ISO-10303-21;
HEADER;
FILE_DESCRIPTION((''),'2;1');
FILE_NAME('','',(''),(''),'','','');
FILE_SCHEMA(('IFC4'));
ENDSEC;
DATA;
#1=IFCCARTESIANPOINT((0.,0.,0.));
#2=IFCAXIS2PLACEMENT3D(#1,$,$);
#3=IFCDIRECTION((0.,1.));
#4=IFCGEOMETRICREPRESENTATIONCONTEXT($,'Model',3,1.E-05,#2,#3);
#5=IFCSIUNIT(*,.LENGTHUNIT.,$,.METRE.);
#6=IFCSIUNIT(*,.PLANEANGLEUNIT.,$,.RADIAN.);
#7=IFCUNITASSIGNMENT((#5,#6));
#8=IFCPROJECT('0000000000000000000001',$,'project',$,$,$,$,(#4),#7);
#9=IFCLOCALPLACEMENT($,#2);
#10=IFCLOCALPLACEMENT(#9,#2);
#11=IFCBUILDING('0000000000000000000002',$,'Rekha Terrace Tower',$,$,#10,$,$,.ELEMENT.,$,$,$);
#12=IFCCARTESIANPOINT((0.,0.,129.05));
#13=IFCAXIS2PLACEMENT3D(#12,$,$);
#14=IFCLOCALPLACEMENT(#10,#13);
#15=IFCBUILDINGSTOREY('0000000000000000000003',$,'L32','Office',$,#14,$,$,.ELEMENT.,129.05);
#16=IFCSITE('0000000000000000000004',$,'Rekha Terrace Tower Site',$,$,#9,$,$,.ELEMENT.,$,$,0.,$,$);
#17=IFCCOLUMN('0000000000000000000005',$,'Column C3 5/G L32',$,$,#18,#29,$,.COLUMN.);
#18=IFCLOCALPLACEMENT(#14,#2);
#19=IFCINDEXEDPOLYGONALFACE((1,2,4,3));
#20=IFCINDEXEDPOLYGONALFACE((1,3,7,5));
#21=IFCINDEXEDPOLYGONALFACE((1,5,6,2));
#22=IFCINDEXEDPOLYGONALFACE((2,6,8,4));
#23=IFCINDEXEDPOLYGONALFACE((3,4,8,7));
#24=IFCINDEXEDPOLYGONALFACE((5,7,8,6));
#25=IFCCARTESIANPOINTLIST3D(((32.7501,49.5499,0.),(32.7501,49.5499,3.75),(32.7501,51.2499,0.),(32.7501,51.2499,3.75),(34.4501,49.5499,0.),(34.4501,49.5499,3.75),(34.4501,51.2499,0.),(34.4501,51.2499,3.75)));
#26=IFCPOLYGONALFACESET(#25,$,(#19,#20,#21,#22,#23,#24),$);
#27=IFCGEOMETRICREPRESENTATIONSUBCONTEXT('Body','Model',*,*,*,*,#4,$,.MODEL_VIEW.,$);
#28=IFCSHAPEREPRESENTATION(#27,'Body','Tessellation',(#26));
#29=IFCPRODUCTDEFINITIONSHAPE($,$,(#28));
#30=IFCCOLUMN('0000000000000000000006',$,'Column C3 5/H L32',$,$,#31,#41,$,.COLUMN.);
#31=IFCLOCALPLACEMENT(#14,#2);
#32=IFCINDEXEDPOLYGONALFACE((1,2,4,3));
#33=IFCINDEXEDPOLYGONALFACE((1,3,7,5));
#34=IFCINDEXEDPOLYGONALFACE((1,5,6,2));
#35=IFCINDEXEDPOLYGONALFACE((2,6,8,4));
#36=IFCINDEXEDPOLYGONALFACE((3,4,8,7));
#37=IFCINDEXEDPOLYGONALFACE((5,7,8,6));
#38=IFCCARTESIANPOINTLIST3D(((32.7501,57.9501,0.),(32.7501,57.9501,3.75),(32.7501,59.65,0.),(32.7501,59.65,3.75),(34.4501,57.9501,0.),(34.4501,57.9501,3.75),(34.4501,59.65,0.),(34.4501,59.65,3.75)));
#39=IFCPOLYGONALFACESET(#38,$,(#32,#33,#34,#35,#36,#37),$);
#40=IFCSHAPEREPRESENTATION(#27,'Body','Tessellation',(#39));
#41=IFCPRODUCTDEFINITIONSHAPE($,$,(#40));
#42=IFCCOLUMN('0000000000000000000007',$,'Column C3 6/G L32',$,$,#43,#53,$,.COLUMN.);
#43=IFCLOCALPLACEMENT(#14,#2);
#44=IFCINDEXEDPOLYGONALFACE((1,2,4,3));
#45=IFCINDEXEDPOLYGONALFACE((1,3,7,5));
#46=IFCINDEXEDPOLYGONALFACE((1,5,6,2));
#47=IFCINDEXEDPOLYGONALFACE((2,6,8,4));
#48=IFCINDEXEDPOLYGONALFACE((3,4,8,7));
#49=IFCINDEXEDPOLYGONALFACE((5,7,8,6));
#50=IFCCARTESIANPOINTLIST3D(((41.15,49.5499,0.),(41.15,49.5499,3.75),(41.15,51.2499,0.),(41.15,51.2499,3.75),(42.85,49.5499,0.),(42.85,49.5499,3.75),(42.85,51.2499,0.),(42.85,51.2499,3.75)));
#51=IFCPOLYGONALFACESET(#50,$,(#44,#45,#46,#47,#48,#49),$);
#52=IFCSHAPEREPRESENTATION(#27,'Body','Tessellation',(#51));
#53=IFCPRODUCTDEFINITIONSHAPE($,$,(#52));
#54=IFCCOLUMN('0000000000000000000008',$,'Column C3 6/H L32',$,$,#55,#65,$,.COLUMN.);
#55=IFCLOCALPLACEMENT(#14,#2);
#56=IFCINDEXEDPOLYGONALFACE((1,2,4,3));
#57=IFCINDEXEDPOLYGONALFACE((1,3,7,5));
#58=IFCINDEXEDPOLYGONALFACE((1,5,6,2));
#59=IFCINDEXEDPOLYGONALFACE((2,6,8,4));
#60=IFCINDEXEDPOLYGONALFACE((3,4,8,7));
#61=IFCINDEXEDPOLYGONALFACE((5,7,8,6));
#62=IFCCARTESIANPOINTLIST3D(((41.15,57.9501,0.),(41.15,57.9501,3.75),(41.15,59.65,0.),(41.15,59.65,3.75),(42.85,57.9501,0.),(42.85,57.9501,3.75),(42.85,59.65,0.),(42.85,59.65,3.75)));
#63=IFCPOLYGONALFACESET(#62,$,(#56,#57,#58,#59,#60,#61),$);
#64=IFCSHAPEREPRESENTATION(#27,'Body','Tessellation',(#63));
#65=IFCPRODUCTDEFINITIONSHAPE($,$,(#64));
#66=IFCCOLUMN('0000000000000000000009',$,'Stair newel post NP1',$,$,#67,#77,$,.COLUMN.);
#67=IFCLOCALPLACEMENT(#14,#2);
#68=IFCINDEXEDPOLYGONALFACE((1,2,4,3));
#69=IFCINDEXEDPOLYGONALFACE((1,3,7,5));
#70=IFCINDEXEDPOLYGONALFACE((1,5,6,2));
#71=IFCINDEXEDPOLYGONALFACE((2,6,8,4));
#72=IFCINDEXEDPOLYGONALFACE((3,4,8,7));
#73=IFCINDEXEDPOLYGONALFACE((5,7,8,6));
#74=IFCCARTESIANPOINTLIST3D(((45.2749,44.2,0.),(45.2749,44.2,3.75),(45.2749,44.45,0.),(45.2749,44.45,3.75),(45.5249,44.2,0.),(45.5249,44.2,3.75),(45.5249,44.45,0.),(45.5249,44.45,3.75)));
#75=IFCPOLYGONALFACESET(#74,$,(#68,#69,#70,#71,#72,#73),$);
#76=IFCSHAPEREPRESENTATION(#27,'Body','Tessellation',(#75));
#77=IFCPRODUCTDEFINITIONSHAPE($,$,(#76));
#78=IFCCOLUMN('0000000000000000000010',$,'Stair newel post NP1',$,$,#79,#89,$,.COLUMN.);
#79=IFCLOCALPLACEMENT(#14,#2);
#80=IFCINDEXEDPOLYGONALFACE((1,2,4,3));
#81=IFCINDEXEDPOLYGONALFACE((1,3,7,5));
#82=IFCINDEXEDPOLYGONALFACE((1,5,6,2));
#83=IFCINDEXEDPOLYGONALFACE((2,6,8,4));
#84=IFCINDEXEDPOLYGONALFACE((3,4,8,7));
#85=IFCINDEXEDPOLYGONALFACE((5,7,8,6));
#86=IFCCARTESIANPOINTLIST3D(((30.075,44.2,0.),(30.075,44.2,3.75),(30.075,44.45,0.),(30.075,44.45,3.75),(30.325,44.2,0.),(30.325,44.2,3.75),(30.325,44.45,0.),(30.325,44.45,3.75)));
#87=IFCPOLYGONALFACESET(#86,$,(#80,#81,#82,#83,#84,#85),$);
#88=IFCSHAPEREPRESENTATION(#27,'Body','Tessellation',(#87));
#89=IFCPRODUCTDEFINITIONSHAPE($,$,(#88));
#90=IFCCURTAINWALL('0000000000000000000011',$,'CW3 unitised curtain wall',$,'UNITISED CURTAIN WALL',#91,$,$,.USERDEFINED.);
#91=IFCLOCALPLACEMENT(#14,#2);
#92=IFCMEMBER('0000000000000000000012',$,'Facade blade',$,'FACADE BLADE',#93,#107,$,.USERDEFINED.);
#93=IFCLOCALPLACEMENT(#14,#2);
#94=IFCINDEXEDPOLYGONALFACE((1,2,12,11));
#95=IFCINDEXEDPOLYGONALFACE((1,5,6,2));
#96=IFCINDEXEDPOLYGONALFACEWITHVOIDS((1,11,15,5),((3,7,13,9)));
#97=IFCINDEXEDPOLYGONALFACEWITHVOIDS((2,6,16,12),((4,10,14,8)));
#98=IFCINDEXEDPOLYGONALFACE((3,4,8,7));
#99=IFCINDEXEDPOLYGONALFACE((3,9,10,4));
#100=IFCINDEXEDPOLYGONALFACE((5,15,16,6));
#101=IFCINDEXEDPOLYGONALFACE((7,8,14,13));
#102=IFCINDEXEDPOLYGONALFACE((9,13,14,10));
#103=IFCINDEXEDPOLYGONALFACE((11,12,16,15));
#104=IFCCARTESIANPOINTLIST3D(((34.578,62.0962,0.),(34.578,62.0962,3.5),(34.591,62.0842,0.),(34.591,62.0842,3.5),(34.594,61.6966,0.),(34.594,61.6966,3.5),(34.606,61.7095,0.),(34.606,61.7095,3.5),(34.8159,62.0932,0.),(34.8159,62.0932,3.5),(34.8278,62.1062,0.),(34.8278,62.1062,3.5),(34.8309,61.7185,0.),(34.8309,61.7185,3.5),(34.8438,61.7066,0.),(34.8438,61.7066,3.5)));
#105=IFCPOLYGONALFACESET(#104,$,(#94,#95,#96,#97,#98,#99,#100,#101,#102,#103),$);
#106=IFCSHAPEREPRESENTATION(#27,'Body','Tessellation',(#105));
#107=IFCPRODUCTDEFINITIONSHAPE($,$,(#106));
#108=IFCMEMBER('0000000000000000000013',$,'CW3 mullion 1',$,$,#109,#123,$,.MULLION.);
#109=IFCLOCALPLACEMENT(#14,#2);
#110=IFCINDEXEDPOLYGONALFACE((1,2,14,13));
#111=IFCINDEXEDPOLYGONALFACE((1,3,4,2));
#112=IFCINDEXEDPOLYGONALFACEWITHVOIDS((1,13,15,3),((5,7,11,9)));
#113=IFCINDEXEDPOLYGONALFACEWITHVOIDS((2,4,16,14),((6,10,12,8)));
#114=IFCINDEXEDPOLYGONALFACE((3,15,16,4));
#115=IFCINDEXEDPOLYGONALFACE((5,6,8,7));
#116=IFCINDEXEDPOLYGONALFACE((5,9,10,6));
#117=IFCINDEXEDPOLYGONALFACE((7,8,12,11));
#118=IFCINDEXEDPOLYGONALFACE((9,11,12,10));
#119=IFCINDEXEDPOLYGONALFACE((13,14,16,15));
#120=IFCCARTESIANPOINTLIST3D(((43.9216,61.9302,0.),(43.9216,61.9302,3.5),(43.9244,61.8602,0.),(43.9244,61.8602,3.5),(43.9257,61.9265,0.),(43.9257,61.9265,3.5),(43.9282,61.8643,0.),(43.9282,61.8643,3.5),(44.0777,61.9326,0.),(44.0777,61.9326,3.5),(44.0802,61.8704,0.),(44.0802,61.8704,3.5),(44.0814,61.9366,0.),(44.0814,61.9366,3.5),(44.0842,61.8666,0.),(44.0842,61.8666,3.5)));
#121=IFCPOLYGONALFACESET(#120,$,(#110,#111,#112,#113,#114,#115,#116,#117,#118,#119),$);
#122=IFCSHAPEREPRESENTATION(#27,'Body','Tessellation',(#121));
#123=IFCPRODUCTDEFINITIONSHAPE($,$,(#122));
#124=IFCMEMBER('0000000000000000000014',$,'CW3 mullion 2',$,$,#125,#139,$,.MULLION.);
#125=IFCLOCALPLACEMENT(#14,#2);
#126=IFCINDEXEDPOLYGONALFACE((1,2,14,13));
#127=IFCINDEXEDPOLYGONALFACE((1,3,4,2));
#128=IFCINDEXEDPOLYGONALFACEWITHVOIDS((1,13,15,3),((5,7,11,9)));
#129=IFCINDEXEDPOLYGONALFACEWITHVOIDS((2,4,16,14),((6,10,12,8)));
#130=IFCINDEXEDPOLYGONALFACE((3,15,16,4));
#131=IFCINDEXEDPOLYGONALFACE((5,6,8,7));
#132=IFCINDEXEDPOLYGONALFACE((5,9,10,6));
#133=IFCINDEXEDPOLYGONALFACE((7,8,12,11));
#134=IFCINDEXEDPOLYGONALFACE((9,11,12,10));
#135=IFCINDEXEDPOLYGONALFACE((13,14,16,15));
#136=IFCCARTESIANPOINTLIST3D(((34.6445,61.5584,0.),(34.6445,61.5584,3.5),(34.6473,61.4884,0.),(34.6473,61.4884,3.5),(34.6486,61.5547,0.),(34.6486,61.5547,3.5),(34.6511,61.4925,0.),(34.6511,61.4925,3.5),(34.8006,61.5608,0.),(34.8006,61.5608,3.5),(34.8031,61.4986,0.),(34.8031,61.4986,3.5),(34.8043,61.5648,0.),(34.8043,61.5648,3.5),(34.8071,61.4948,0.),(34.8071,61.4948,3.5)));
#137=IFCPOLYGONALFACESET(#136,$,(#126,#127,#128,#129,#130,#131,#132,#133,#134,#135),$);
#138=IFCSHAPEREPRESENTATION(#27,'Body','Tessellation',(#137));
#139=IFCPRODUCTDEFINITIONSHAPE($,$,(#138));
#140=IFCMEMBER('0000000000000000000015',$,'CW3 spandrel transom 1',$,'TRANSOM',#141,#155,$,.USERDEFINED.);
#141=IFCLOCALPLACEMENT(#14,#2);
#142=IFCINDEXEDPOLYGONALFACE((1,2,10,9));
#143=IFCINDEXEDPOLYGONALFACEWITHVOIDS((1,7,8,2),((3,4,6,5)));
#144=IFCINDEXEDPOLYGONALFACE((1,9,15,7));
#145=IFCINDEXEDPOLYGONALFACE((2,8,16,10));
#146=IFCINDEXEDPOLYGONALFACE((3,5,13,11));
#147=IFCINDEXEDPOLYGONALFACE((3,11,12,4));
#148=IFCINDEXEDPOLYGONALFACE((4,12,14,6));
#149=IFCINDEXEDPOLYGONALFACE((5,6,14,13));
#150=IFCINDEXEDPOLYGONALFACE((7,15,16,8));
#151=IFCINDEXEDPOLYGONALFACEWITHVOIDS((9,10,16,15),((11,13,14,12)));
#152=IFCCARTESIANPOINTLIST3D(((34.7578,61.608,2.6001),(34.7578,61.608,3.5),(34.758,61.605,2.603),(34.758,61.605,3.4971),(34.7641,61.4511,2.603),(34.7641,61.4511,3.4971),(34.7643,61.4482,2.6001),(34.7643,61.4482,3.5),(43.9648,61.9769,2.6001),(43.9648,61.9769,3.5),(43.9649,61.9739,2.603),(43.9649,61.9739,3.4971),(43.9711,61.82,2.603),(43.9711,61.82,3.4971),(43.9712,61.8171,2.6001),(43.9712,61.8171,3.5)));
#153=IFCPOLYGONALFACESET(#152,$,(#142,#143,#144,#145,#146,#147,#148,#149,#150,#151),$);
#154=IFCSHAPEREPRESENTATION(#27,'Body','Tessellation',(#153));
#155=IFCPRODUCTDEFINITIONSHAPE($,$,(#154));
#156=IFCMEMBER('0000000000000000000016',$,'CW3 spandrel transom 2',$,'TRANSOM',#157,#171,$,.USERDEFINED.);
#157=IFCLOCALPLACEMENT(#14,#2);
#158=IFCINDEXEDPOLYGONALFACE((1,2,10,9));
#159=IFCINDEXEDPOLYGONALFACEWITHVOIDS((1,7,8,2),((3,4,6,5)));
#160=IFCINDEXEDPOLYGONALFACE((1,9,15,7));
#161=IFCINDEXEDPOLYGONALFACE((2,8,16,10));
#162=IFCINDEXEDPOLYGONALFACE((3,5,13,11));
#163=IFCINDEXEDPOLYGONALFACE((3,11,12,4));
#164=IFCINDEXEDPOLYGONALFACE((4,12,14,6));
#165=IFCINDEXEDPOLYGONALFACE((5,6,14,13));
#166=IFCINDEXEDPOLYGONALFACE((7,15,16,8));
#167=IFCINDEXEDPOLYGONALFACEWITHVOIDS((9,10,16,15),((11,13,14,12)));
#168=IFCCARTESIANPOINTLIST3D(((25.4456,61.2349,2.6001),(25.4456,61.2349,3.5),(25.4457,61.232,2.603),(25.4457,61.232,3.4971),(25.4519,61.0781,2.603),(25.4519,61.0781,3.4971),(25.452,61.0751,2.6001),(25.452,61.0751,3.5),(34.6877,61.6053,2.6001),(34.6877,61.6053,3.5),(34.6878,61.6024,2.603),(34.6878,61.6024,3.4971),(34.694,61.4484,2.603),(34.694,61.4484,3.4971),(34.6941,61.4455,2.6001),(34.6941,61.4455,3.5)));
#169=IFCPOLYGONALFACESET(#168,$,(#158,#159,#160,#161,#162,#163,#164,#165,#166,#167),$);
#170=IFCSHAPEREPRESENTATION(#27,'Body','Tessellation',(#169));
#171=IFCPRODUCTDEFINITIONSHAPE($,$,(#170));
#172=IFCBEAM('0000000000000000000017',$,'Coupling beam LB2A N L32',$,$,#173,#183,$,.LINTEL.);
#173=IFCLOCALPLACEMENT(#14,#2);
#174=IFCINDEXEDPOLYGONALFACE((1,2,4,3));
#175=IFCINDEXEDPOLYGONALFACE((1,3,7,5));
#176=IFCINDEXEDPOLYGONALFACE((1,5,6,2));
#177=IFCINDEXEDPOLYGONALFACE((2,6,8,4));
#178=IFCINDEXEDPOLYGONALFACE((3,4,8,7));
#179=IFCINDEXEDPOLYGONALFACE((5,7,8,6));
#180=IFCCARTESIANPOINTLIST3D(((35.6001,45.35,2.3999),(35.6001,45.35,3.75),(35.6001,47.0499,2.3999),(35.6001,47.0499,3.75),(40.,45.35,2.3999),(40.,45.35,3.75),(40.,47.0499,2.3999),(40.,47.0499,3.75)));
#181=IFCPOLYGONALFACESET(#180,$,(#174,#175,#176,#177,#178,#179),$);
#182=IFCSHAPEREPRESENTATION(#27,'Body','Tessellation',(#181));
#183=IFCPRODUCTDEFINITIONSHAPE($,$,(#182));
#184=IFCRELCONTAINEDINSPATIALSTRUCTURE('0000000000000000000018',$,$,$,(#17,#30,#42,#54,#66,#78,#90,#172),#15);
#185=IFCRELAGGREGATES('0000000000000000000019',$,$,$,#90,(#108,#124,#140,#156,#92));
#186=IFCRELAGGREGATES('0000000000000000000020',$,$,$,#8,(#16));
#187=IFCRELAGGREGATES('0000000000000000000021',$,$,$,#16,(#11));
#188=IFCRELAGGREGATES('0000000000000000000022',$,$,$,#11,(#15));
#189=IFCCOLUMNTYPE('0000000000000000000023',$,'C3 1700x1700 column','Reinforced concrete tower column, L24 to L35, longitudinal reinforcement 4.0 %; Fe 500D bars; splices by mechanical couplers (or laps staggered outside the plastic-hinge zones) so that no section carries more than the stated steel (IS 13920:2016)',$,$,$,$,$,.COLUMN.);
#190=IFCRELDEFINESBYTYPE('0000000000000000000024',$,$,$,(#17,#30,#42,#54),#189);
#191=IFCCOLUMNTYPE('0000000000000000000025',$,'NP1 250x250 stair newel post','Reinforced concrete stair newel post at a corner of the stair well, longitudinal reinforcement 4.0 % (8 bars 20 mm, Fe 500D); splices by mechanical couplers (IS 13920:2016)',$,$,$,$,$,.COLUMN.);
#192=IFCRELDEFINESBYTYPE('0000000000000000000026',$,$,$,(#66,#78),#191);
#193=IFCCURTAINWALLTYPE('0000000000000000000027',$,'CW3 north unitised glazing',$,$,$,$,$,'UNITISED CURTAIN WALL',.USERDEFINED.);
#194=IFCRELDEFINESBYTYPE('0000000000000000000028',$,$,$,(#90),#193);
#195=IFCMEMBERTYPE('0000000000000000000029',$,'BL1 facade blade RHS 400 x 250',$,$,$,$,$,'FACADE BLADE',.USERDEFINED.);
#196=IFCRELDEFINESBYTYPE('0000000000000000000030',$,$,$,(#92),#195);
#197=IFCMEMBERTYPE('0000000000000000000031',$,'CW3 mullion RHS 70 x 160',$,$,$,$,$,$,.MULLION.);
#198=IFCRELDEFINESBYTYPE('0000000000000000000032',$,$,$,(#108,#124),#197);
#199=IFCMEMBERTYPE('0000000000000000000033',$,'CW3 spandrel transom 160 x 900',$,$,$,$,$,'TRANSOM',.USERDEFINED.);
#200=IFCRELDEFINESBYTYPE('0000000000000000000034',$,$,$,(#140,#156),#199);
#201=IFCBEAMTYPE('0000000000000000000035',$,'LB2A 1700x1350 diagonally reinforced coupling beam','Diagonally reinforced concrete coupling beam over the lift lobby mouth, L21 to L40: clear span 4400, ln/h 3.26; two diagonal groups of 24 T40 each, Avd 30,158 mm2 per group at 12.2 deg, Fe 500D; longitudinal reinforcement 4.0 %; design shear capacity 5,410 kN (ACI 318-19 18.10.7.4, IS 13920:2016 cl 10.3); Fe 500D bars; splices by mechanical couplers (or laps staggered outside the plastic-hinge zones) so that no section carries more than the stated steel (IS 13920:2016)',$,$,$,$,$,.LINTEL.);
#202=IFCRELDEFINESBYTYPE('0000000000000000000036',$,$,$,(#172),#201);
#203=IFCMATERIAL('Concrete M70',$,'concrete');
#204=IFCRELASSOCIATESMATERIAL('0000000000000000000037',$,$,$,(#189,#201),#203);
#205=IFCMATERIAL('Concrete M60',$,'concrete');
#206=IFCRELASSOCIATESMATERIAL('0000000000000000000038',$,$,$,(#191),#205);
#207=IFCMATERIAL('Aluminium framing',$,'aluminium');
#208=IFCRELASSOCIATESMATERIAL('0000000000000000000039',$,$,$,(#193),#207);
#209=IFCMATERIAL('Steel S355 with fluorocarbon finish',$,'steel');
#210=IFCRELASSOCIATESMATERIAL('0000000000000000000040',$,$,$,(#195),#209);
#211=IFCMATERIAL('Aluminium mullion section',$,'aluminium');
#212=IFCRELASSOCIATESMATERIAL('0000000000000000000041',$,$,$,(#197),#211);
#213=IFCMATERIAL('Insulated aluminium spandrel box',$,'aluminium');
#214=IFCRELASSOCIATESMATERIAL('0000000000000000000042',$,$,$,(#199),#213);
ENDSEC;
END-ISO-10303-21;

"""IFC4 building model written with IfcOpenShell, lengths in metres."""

from ifc_helpers import new_model, si_unit, direction, frame, origin, origin_2d, place, context, subcontext, project, spatial, rectangle, hollow_rectangle, extrude, material, material_profile, profile_set, type_object, element, aggregate, save


model = new_model("IFC4")

# Units and contexts
model_context = context("Model", 3, precision=1e-05, world=origin(), true_north=direction((0.0, 1.0)))
body_context = subcontext(model_context, "Body", "Model", "MODEL_VIEW")
ifc_project = project(units=[si_unit("LENGTHUNIT", "METRE"), si_unit("PLANEANGLEUNIT", "RADIAN")], contexts=[model_context])

# Site, building, storey
site_placement = place(None, origin())
site = spatial("IfcSite", under=ifc_project, at=site_placement, Name="Rekha Terrace Tower Site", CompositionType="ELEMENT", RefElevation=0.0)
building_placement = place(site_placement, origin())
building = spatial("IfcBuilding", under=site, at=building_placement, Name="Rekha Terrace Tower", CompositionType="ELEMENT")
storey_placement = place(building_placement, frame((0.0, 0.0, 129.05)))
storey = spatial("IfcBuildingStorey", under=building, at=storey_placement, Name="L32", Description="Office", CompositionType="ELEMENT", Elevation=129.05)

# Columns
ifc_material_1 = material(Name="Concrete M70", Category="concrete")
ifc_material_profile_1 = material_profile(ifc_material_1, rectangle(XDim=1.7, YDim=1.7, at=origin_2d()), Name="RC 1700x1700")
ifc_profile_set_1 = profile_set([ifc_material_profile_1], Name="Concrete M70")
column_type_1 = type_object("IfcColumnType", Name="C3 1700x1700 column", Description="Reinforced concrete tower column, L24 to L35, longitudinal reinforcement 4.0 %; Fe 500D bars; splices by mechanical couplers (or laps staggered outside the plastic-hinge zones) so that no section carries more than the stated steel (IS 13920:2016)", PredefinedType="COLUMN", material=ifc_profile_set_1)
for number, where, z_axis, x_axis, name in (
    (1, (33.6001, 50.3999, 0.0), (0.0, 0.0, 1.0), (1.0, 0.0, 0.0), "Column C3 5/G L32"),
    (2, (33.6001, 58.8, 0.0), (0.0, 0.0, 1.0), (1.0, 0.0, 0.0), "Column C3 5/H L32"),
    (3, (42.0, 50.3999, 0.0), (0.0, 0.0, 1.0), (1.0, 0.0, 0.0), "Column C3 6/G L32"),
    (4, (42.0, 58.8, 0.0), (0.0, 0.0, 1.0), (1.0, 0.0, 0.0), "Column C3 6/H L32"),
):
    element("IfcColumn", number, at=place(storey_placement, frame(where, z_axis=z_axis, x_axis=x_axis)), inside=storey, type_object=column_type_1, Name=name, PredefinedType="COLUMN", context=body_context, shape_type="SweptSolid", body=[
        extrude(rectangle(XDim=1.7, YDim=1.7, at=origin_2d()), origin(), (0.0, 0.0, 1.0), 3.75),
    ])
ifc_material_2 = material(Name="Concrete M60", Category="concrete")
ifc_material_profile_2 = material_profile(ifc_material_2, rectangle(XDim=0.25, YDim=0.25, at=origin_2d()), Name="RC 250x250")
ifc_profile_set_2 = profile_set([ifc_material_profile_2], Name="Concrete M60")
column_type_2 = type_object("IfcColumnType", Name="NP1 250x250 stair newel post", Description="Reinforced concrete stair newel post at a corner of the stair well, longitudinal reinforcement 4.0 % (8 bars 20 mm, Fe 500D); splices by mechanical couplers (IS 13920:2016)", PredefinedType="COLUMN", material=ifc_profile_set_2)
for number, where, z_axis, x_axis, name in (
    (5, (45.3999, 44.325, 0.0), (0.0, 0.0, 1.0), (1.0, 0.0, 0.0), "Stair newel post NP1"),
    (6, (30.2, 44.325, 0.0), (0.0, 0.0, 1.0), (1.0, 0.0, 0.0), "Stair newel post NP1"),
):
    element("IfcColumn", number, at=place(storey_placement, frame(where, z_axis=z_axis, x_axis=x_axis)), inside=storey, type_object=column_type_2, Name=name, PredefinedType="COLUMN", context=body_context, shape_type="SweptSolid", body=[
        extrude(rectangle(XDim=0.25, YDim=0.25, at=origin_2d()), origin(), (0.0, 0.0, 1.0), 3.75),
    ])

# Curtain wall, members
ifc_material_3 = material(Name="Aluminium framing", Category="aluminium")
curtain_wall_type = type_object("IfcCurtainWallType", Name="CW3 north unitised glazing", ElementType="UNITISED CURTAIN WALL", PredefinedType="USERDEFINED", material=ifc_material_3)
curtain_wall_placement = place(storey_placement, origin())
curtain_wall = element("IfcCurtainWall", 7, at=curtain_wall_placement, inside=storey, type_object=curtain_wall_type, Name="CW3 unitised curtain wall", ObjectType="UNITISED CURTAIN WALL", PredefinedType="USERDEFINED")
ifc_material_4 = material(Name="Steel S355 with fluorocarbon finish", Category="steel")
ifc_material_profile_3 = material_profile(ifc_material_4, hollow_rectangle(XDim=0.25, YDim=0.3999, WallThickness=0.0125, at=origin_2d()), Name="RHS400x250x12.5")
ifc_profile_set_3 = profile_set([ifc_material_profile_3], Name="Steel S355 with fluorocarbon finish")
member_type_1 = type_object("IfcMemberType", Name="BL1 facade blade RHS 400 x 250", ElementType="FACADE BLADE", PredefinedType="USERDEFINED", material=ifc_profile_set_3)
member_1_placement = place(storey_placement, frame((34.7109, 61.9014, 0.0), z_axis=(0.0, 0.0, 1.0), x_axis=(-0.999198, -0.040032, 0.0)))
member_1 = element("IfcMember", 8, at=member_1_placement, type_object=member_type_1, Name="Facade blade", ObjectType="FACADE BLADE", PredefinedType="USERDEFINED", context=body_context, shape_type="SweptSolid", body=[
    extrude(hollow_rectangle(XDim=0.25, YDim=0.3999, WallThickness=0.0125, at=origin_2d()), origin(), (0.0, 0.0, 1.0), 3.5),
])
ifc_material_5 = material(Name="Aluminium mullion section", Category="aluminium")
ifc_material_profile_4 = material_profile(ifc_material_5, hollow_rectangle(XDim=0.0701, YDim=0.1599, WallThickness=0.0039, at=origin_2d()), Name="AL RHS 70x160")
ifc_profile_set_4 = profile_set([ifc_material_profile_4], Name="Aluminium mullion section")
member_type_2 = type_object("IfcMemberType", Name="CW3 mullion RHS 70 x 160", PredefinedType="MULLION", material=ifc_profile_set_4)
member_2_placement = place(storey_placement, frame((44.0029, 61.8984, 0.0), z_axis=(0.0, 0.0, 1.0), x_axis=(0.040032, -0.999198, 0.0)))
member_2 = element("IfcMember", 9, at=member_2_placement, type_object=member_type_2, Name="CW3 mullion 1", PredefinedType="MULLION", context=body_context, shape_type="SweptSolid", body=[
    extrude(hollow_rectangle(XDim=0.0701, YDim=0.1599, WallThickness=0.0039, at=origin_2d()), origin(), (0.0, 0.0, 1.0), 3.5),
])
member_3_placement = place(storey_placement, frame((34.7258, 61.5266, 0.0), z_axis=(0.0, 0.0, 1.0), x_axis=(0.040032, -0.999198, 0.0)))
member_3 = element("IfcMember", 10, at=member_3_placement, type_object=member_type_2, Name="CW3 mullion 2", PredefinedType="MULLION", context=body_context, shape_type="SweptSolid", body=[
    extrude(hollow_rectangle(XDim=0.0701, YDim=0.1599, WallThickness=0.0039, at=origin_2d()), origin(), (0.0, 0.0, 1.0), 3.5),
])
ifc_material_6 = material(Name="Insulated aluminium spandrel box", Category="aluminium")
ifc_material_profile_5 = material_profile(ifc_material_6, hollow_rectangle(XDim=0.1599, YDim=0.8999, WallThickness=0.0029, at=origin_2d()), Name="AL SPANDREL BOX 160x900")
ifc_profile_set_5 = profile_set([ifc_material_profile_5], Name="Insulated aluminium spandrel box")
member_type_3 = type_object("IfcMemberType", Name="CW3 spandrel transom 160 x 900", ElementType="TRANSOM", PredefinedType="USERDEFINED", material=ifc_profile_set_5)
member_4_placement = place(storey_placement, frame((43.968, 61.897, 3.05), z_axis=(-0.999198, -0.040035, 0.0), x_axis=(0.040035, -0.999198, 0.0)))
member_4 = element("IfcMember", 11, at=member_4_placement, type_object=member_type_3, Name="CW3 spandrel transom 1", ObjectType="TRANSOM", PredefinedType="USERDEFINED", context=body_context, shape_type="SweptSolid", body=[
    extrude(hollow_rectangle(XDim=0.1599, YDim=0.8999, WallThickness=0.0029, at=origin_2d()), origin(), (0.0, 0.0, 1.0), 9.2144),
])
member_5_placement = place(storey_placement, frame((34.6909, 61.5254, 3.05), z_axis=(-0.999198, -0.040041, 0.0), x_axis=(0.040041, -0.999198, 0.0)))
member_5 = element("IfcMember", 12, at=member_5_placement, type_object=member_type_3, Name="CW3 spandrel transom 2", ObjectType="TRANSOM", PredefinedType="USERDEFINED", context=body_context, shape_type="SweptSolid", body=[
    extrude(hollow_rectangle(XDim=0.1599, YDim=0.8999, WallThickness=0.0029, at=origin_2d()), origin(), (0.0, 0.0, 1.0), 9.2495),
])

# Beam
ifc_material_profile_6 = material_profile(ifc_material_1, rectangle(XDim=1.7, YDim=1.3501, at=origin_2d()), Name="RC 1700x1350")
ifc_profile_set_6 = profile_set([ifc_material_profile_6], Name="Concrete M70")
beam_type = type_object("IfcBeamType", Name="LB2A 1700x1350 diagonally reinforced coupling beam", Description="Diagonally reinforced concrete coupling beam over the lift lobby mouth, L21 to L40: clear span 4400, ln/h 3.26; two diagonal groups of 24 T40 each, Avd 30,158 mm2 per group at 12.2 deg, Fe 500D; longitudinal reinforcement 4.0 %; design shear capacity 5,410 kN (ACI 318-19 18.10.7.4, IS 13920:2016 cl 10.3); Fe 500D bars; splices by mechanical couplers (or laps staggered outside the plastic-hinge zones) so that no section carries more than the stated steel (IS 13920:2016)", PredefinedType="LINTEL", material=ifc_profile_set_6)
beam_placement = place(storey_placement, frame((35.6001, 46.2, 3.075), z_axis=(1.0, 0.0, 0.0), x_axis=(0.0, 1.0, 0.0)))
element("IfcBeam", 13, at=beam_placement, inside=storey, type_object=beam_type, Name="Coupling beam LB2A N L32", PredefinedType="LINTEL", context=body_context, shape_type="SweptSolid", body=[
    extrude(rectangle(XDim=1.7, YDim=1.3501, at=origin_2d()), origin(), (0.0, 0.0, 1.0), 4.3999),
])

aggregate(curtain_wall, [member_2, member_3, member_4, member_5, member_1])

save(model, "model.ifc")
